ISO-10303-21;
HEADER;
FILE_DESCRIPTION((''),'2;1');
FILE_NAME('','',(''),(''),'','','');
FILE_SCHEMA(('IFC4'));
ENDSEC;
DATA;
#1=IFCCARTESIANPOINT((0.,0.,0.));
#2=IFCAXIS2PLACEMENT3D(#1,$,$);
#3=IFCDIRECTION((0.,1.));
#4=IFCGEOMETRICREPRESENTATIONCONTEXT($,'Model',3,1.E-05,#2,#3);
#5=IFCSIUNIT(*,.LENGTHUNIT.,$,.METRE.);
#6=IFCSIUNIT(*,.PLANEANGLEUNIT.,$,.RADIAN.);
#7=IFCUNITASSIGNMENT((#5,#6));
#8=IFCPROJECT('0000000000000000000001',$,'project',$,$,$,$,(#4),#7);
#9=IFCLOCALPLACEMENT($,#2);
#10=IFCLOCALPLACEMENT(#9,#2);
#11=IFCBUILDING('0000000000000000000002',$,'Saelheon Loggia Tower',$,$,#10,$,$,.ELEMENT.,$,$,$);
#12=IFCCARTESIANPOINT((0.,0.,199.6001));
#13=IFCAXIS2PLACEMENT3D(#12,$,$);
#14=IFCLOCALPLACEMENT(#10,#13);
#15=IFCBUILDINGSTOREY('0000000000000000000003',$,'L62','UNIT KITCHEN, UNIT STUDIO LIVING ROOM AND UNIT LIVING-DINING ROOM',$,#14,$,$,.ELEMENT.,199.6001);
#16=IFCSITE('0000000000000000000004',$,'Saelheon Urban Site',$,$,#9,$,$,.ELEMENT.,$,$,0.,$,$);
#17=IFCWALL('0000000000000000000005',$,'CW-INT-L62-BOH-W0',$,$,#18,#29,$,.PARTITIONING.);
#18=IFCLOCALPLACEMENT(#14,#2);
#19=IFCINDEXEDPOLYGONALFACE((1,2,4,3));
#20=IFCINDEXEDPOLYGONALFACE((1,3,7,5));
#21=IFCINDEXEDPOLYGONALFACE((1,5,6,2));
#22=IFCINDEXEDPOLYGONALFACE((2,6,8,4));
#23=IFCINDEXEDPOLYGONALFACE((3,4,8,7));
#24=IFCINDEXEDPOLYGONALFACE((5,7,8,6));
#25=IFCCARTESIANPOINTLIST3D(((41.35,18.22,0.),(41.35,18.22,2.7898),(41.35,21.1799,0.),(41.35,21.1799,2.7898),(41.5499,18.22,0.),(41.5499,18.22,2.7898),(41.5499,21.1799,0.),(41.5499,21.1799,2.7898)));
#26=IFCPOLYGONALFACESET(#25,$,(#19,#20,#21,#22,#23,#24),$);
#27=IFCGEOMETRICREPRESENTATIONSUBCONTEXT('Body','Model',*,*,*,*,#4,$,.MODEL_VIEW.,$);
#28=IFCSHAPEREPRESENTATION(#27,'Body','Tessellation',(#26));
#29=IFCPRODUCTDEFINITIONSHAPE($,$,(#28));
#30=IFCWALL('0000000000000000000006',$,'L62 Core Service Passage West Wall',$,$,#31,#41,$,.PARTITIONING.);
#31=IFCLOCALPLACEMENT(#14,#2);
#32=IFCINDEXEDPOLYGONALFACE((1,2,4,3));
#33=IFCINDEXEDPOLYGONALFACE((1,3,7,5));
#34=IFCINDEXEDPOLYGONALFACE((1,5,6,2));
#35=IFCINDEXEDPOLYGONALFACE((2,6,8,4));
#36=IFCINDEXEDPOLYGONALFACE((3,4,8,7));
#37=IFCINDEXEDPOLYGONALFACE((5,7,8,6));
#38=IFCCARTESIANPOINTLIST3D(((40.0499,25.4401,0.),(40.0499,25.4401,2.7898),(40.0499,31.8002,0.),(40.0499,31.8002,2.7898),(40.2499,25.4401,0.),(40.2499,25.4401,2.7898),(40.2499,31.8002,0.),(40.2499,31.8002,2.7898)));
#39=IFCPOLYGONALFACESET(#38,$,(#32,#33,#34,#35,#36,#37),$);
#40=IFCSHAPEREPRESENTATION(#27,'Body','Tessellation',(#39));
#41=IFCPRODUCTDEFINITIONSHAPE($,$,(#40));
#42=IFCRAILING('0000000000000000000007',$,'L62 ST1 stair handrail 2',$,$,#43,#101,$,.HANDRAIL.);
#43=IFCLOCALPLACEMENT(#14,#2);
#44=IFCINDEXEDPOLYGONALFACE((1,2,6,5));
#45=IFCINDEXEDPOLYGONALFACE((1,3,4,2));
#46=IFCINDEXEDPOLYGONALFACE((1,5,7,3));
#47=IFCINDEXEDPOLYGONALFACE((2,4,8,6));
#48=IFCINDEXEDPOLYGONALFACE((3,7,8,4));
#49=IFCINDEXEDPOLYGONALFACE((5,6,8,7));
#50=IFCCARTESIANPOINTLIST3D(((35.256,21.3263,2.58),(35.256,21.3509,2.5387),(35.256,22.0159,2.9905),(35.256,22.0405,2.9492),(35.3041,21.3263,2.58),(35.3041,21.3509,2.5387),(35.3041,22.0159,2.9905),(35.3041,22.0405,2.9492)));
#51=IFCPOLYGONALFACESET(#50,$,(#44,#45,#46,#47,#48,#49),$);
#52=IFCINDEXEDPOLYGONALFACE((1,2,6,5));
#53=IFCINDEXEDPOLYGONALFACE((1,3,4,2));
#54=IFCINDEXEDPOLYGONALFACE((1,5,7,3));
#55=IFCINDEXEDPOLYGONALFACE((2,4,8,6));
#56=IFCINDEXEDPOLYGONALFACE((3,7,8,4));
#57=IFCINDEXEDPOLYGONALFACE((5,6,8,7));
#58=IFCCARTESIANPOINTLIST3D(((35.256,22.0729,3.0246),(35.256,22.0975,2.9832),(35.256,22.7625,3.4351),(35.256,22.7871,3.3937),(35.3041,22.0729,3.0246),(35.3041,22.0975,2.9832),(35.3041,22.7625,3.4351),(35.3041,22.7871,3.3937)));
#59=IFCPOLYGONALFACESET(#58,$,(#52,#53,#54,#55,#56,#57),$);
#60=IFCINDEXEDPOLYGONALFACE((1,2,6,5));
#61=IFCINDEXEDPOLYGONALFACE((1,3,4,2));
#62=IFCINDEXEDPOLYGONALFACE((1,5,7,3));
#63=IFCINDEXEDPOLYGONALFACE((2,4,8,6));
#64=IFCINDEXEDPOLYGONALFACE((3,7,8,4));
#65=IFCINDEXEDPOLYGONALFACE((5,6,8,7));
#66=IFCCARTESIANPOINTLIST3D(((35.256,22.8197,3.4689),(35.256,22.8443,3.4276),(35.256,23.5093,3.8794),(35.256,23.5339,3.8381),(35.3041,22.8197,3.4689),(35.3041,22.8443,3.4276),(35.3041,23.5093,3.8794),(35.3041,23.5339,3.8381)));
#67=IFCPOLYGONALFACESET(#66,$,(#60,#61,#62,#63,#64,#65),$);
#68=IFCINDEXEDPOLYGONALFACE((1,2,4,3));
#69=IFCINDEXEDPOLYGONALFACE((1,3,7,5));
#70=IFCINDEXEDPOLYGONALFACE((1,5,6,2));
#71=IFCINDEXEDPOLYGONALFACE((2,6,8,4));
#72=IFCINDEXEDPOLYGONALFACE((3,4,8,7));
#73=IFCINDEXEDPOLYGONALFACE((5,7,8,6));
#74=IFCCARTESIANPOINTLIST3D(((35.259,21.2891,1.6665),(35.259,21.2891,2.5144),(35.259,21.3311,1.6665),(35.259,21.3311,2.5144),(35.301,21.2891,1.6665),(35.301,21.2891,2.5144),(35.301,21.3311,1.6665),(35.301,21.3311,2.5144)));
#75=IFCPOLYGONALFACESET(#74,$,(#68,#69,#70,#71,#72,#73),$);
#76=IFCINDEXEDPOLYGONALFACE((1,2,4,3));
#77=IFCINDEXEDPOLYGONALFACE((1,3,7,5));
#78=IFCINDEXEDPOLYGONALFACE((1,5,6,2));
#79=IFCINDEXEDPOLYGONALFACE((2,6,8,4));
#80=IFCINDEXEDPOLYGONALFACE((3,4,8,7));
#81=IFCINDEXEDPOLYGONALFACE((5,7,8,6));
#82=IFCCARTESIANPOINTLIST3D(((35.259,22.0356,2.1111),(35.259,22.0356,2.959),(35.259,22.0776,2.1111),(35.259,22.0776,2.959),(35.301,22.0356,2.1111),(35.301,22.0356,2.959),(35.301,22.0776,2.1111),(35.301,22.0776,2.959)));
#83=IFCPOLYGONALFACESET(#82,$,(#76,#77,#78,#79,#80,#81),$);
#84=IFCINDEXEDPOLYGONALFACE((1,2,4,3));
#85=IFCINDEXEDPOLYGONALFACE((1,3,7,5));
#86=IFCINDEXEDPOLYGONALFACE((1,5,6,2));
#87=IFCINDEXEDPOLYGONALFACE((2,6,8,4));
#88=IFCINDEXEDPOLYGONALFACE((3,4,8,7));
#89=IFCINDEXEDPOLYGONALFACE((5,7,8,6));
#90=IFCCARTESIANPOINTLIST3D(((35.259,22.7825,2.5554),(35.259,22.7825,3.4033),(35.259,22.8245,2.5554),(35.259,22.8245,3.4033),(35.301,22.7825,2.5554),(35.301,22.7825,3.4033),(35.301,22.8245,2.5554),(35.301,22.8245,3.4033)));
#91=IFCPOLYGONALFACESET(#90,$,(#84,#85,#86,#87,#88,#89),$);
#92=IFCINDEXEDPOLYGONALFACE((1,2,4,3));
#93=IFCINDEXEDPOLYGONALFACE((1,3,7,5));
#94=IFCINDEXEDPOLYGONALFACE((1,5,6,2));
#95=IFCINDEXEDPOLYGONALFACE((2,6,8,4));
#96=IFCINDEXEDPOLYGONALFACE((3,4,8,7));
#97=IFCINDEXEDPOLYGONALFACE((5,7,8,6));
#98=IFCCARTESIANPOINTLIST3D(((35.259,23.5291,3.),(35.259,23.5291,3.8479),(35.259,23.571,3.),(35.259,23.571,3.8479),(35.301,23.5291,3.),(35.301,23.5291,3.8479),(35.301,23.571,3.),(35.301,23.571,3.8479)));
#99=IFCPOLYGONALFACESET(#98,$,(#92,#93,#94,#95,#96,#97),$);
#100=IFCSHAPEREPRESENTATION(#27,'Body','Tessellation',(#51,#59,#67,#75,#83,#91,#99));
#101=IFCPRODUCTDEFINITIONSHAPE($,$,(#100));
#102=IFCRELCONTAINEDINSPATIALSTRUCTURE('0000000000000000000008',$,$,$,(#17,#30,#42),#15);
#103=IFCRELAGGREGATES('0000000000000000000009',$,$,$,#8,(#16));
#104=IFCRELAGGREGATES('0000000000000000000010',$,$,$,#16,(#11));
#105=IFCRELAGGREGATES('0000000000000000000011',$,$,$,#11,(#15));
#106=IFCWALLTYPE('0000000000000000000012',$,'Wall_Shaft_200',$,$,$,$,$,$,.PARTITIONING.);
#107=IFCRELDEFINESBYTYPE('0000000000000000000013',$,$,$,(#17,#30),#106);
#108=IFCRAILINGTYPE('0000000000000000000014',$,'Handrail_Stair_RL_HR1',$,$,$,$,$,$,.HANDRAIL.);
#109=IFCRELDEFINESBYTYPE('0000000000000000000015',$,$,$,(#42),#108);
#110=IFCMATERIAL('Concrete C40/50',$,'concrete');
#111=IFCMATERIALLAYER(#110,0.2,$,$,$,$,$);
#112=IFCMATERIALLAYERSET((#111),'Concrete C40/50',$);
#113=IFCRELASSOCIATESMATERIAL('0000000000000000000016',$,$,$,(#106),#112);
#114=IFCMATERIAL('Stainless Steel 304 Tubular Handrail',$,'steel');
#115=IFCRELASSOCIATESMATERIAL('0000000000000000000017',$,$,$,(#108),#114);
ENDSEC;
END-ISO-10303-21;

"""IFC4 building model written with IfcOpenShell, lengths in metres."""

from ifc_helpers import new_model, si_unit, direction, frame, frame_2d, origin, origin_2d, place, context, subcontext, project, spatial, rectangle, extrude, material, layer, layer_set, type_object, element, save


model = new_model("IFC4")

# Units and contexts
model_context = context("Model", 3, precision=1e-05, world=origin(), true_north=direction((0.0, 1.0)))
body_context = subcontext(model_context, "Body", "Model", "MODEL_VIEW")
ifc_project = project(units=[si_unit("LENGTHUNIT", "METRE"), si_unit("PLANEANGLEUNIT", "RADIAN")], contexts=[model_context])

# Site, building, storey
site_placement = place(None, origin())
site = spatial("IfcSite", under=ifc_project, at=site_placement, Name="Saelheon Urban Site", CompositionType="ELEMENT", RefElevation=0.0)
building_placement = place(site_placement, origin())
building = spatial("IfcBuilding", under=site, at=building_placement, Name="Saelheon Loggia Tower", CompositionType="ELEMENT")
storey_placement = place(building_placement, frame((0.0, 0.0, 199.6001)))
storey = spatial("IfcBuildingStorey", under=building, at=storey_placement, Name="L62", Description="UNIT KITCHEN, UNIT STUDIO LIVING ROOM AND UNIT LIVING-DINING ROOM", CompositionType="ELEMENT", Elevation=199.6001)

# Walls
ifc_material_1 = material(Name="Concrete C40/50", Category="concrete")
ifc_layer_1 = layer(ifc_material_1, 0.2)
ifc_layer_set_1 = layer_set([ifc_layer_1], Name="Concrete C40/50")
wall_type_1 = type_object("IfcWallType", Name="Wall_Shaft_200", PredefinedType="PARTITIONING", material=ifc_layer_set_1)
wall_1_placement = place(storey_placement, frame((41.45, 18.22, 0.0), z_axis=(0.0, 0.0, 1.0), x_axis=(0.0, 1.0, 0.0)))
element("IfcWall", 1, at=wall_1_placement, inside=storey, type_object=wall_type_1, Name="CW-INT-L62-BOH-W0", PredefinedType="PARTITIONING", context=body_context, shape_type="SweptSolid", body=[
    extrude(rectangle(XDim=2.96, YDim=0.2, at=frame_2d((1.48, 0.0))), origin(), (0.0, 0.0, 1.0), 2.7898),
])
wall_2_placement = place(storey_placement, frame((40.1499, 25.4399, 0.0), z_axis=(0.0, 0.0, 1.0), x_axis=(0.0, 1.0, 0.0)))
element("IfcWall", 2, at=wall_2_placement, inside=storey, type_object=wall_type_1, Name="L62 Core Service Passage West Wall", PredefinedType="PARTITIONING", context=body_context, shape_type="SweptSolid", body=[
    extrude(rectangle(XDim=6.3601, YDim=0.2, at=frame_2d((3.1802, 0.0))), origin(), (0.0, 0.0, 1.0), 2.7898),
])

# Railing
ifc_material_2 = material(Name="Stainless Steel 304 Tubular Handrail", Category="steel")
railing_type = type_object("IfcRailingType", Name="Handrail_Stair_RL_HR1", PredefinedType="HANDRAIL", material=ifc_material_2)
railing_placement = place(storey_placement, frame((35.28, 21.3101, 1.6665)))
element("IfcRailing", 3, at=railing_placement, inside=storey, type_object=railing_type, Name="L62 ST1 stair handrail 2", PredefinedType="HANDRAIL", context=body_context, shape_type="SweptSolid", body=[
    extrude(rectangle(XDim=0.0481, YDim=0.0481, at=origin_2d()), frame((0.0, 0.0286, 0.8928), z_axis=(0.0, 0.859264, 0.511532), x_axis=(-1.0, 0.0, 0.0)), (0.0, 0.0, 1.0), 0.8025),
    extrude(rectangle(XDim=0.0481, YDim=0.0481, at=origin_2d()), frame((0.0, 0.7751, 1.3374), z_axis=(0.0, 0.859264, 0.511532), x_axis=(-1.0, 0.0, 0.0)), (0.0, 0.0, 1.0), 0.8025),
    extrude(rectangle(XDim=0.0481, YDim=0.0481, at=origin_2d()), frame((0.0, 1.522, 1.7817), z_axis=(0.0, 0.859264, 0.511532), x_axis=(-1.0, 0.0, 0.0)), (0.0, 0.0, 1.0), 0.8025),
    extrude(rectangle(XDim=0.042, YDim=0.042, at=origin_2d()), origin(), (0.0, 0.0, 1.0), 0.8479),
    extrude(rectangle(XDim=0.042, YDim=0.042, at=origin_2d()), frame((0.0, 0.7466, 0.4446)), (0.0, 0.0, 1.0), 0.8479),
    extrude(rectangle(XDim=0.042, YDim=0.042, at=origin_2d()), frame((0.0, 1.4934, 0.8889)), (0.0, 0.0, 1.0), 0.8479),
    extrude(rectangle(XDim=0.042, YDim=0.042, at=origin_2d()), frame((0.0, 2.24, 1.3335)), (0.0, 0.0, 1.0), 0.8479),
])

save(model, "model.ifc")
